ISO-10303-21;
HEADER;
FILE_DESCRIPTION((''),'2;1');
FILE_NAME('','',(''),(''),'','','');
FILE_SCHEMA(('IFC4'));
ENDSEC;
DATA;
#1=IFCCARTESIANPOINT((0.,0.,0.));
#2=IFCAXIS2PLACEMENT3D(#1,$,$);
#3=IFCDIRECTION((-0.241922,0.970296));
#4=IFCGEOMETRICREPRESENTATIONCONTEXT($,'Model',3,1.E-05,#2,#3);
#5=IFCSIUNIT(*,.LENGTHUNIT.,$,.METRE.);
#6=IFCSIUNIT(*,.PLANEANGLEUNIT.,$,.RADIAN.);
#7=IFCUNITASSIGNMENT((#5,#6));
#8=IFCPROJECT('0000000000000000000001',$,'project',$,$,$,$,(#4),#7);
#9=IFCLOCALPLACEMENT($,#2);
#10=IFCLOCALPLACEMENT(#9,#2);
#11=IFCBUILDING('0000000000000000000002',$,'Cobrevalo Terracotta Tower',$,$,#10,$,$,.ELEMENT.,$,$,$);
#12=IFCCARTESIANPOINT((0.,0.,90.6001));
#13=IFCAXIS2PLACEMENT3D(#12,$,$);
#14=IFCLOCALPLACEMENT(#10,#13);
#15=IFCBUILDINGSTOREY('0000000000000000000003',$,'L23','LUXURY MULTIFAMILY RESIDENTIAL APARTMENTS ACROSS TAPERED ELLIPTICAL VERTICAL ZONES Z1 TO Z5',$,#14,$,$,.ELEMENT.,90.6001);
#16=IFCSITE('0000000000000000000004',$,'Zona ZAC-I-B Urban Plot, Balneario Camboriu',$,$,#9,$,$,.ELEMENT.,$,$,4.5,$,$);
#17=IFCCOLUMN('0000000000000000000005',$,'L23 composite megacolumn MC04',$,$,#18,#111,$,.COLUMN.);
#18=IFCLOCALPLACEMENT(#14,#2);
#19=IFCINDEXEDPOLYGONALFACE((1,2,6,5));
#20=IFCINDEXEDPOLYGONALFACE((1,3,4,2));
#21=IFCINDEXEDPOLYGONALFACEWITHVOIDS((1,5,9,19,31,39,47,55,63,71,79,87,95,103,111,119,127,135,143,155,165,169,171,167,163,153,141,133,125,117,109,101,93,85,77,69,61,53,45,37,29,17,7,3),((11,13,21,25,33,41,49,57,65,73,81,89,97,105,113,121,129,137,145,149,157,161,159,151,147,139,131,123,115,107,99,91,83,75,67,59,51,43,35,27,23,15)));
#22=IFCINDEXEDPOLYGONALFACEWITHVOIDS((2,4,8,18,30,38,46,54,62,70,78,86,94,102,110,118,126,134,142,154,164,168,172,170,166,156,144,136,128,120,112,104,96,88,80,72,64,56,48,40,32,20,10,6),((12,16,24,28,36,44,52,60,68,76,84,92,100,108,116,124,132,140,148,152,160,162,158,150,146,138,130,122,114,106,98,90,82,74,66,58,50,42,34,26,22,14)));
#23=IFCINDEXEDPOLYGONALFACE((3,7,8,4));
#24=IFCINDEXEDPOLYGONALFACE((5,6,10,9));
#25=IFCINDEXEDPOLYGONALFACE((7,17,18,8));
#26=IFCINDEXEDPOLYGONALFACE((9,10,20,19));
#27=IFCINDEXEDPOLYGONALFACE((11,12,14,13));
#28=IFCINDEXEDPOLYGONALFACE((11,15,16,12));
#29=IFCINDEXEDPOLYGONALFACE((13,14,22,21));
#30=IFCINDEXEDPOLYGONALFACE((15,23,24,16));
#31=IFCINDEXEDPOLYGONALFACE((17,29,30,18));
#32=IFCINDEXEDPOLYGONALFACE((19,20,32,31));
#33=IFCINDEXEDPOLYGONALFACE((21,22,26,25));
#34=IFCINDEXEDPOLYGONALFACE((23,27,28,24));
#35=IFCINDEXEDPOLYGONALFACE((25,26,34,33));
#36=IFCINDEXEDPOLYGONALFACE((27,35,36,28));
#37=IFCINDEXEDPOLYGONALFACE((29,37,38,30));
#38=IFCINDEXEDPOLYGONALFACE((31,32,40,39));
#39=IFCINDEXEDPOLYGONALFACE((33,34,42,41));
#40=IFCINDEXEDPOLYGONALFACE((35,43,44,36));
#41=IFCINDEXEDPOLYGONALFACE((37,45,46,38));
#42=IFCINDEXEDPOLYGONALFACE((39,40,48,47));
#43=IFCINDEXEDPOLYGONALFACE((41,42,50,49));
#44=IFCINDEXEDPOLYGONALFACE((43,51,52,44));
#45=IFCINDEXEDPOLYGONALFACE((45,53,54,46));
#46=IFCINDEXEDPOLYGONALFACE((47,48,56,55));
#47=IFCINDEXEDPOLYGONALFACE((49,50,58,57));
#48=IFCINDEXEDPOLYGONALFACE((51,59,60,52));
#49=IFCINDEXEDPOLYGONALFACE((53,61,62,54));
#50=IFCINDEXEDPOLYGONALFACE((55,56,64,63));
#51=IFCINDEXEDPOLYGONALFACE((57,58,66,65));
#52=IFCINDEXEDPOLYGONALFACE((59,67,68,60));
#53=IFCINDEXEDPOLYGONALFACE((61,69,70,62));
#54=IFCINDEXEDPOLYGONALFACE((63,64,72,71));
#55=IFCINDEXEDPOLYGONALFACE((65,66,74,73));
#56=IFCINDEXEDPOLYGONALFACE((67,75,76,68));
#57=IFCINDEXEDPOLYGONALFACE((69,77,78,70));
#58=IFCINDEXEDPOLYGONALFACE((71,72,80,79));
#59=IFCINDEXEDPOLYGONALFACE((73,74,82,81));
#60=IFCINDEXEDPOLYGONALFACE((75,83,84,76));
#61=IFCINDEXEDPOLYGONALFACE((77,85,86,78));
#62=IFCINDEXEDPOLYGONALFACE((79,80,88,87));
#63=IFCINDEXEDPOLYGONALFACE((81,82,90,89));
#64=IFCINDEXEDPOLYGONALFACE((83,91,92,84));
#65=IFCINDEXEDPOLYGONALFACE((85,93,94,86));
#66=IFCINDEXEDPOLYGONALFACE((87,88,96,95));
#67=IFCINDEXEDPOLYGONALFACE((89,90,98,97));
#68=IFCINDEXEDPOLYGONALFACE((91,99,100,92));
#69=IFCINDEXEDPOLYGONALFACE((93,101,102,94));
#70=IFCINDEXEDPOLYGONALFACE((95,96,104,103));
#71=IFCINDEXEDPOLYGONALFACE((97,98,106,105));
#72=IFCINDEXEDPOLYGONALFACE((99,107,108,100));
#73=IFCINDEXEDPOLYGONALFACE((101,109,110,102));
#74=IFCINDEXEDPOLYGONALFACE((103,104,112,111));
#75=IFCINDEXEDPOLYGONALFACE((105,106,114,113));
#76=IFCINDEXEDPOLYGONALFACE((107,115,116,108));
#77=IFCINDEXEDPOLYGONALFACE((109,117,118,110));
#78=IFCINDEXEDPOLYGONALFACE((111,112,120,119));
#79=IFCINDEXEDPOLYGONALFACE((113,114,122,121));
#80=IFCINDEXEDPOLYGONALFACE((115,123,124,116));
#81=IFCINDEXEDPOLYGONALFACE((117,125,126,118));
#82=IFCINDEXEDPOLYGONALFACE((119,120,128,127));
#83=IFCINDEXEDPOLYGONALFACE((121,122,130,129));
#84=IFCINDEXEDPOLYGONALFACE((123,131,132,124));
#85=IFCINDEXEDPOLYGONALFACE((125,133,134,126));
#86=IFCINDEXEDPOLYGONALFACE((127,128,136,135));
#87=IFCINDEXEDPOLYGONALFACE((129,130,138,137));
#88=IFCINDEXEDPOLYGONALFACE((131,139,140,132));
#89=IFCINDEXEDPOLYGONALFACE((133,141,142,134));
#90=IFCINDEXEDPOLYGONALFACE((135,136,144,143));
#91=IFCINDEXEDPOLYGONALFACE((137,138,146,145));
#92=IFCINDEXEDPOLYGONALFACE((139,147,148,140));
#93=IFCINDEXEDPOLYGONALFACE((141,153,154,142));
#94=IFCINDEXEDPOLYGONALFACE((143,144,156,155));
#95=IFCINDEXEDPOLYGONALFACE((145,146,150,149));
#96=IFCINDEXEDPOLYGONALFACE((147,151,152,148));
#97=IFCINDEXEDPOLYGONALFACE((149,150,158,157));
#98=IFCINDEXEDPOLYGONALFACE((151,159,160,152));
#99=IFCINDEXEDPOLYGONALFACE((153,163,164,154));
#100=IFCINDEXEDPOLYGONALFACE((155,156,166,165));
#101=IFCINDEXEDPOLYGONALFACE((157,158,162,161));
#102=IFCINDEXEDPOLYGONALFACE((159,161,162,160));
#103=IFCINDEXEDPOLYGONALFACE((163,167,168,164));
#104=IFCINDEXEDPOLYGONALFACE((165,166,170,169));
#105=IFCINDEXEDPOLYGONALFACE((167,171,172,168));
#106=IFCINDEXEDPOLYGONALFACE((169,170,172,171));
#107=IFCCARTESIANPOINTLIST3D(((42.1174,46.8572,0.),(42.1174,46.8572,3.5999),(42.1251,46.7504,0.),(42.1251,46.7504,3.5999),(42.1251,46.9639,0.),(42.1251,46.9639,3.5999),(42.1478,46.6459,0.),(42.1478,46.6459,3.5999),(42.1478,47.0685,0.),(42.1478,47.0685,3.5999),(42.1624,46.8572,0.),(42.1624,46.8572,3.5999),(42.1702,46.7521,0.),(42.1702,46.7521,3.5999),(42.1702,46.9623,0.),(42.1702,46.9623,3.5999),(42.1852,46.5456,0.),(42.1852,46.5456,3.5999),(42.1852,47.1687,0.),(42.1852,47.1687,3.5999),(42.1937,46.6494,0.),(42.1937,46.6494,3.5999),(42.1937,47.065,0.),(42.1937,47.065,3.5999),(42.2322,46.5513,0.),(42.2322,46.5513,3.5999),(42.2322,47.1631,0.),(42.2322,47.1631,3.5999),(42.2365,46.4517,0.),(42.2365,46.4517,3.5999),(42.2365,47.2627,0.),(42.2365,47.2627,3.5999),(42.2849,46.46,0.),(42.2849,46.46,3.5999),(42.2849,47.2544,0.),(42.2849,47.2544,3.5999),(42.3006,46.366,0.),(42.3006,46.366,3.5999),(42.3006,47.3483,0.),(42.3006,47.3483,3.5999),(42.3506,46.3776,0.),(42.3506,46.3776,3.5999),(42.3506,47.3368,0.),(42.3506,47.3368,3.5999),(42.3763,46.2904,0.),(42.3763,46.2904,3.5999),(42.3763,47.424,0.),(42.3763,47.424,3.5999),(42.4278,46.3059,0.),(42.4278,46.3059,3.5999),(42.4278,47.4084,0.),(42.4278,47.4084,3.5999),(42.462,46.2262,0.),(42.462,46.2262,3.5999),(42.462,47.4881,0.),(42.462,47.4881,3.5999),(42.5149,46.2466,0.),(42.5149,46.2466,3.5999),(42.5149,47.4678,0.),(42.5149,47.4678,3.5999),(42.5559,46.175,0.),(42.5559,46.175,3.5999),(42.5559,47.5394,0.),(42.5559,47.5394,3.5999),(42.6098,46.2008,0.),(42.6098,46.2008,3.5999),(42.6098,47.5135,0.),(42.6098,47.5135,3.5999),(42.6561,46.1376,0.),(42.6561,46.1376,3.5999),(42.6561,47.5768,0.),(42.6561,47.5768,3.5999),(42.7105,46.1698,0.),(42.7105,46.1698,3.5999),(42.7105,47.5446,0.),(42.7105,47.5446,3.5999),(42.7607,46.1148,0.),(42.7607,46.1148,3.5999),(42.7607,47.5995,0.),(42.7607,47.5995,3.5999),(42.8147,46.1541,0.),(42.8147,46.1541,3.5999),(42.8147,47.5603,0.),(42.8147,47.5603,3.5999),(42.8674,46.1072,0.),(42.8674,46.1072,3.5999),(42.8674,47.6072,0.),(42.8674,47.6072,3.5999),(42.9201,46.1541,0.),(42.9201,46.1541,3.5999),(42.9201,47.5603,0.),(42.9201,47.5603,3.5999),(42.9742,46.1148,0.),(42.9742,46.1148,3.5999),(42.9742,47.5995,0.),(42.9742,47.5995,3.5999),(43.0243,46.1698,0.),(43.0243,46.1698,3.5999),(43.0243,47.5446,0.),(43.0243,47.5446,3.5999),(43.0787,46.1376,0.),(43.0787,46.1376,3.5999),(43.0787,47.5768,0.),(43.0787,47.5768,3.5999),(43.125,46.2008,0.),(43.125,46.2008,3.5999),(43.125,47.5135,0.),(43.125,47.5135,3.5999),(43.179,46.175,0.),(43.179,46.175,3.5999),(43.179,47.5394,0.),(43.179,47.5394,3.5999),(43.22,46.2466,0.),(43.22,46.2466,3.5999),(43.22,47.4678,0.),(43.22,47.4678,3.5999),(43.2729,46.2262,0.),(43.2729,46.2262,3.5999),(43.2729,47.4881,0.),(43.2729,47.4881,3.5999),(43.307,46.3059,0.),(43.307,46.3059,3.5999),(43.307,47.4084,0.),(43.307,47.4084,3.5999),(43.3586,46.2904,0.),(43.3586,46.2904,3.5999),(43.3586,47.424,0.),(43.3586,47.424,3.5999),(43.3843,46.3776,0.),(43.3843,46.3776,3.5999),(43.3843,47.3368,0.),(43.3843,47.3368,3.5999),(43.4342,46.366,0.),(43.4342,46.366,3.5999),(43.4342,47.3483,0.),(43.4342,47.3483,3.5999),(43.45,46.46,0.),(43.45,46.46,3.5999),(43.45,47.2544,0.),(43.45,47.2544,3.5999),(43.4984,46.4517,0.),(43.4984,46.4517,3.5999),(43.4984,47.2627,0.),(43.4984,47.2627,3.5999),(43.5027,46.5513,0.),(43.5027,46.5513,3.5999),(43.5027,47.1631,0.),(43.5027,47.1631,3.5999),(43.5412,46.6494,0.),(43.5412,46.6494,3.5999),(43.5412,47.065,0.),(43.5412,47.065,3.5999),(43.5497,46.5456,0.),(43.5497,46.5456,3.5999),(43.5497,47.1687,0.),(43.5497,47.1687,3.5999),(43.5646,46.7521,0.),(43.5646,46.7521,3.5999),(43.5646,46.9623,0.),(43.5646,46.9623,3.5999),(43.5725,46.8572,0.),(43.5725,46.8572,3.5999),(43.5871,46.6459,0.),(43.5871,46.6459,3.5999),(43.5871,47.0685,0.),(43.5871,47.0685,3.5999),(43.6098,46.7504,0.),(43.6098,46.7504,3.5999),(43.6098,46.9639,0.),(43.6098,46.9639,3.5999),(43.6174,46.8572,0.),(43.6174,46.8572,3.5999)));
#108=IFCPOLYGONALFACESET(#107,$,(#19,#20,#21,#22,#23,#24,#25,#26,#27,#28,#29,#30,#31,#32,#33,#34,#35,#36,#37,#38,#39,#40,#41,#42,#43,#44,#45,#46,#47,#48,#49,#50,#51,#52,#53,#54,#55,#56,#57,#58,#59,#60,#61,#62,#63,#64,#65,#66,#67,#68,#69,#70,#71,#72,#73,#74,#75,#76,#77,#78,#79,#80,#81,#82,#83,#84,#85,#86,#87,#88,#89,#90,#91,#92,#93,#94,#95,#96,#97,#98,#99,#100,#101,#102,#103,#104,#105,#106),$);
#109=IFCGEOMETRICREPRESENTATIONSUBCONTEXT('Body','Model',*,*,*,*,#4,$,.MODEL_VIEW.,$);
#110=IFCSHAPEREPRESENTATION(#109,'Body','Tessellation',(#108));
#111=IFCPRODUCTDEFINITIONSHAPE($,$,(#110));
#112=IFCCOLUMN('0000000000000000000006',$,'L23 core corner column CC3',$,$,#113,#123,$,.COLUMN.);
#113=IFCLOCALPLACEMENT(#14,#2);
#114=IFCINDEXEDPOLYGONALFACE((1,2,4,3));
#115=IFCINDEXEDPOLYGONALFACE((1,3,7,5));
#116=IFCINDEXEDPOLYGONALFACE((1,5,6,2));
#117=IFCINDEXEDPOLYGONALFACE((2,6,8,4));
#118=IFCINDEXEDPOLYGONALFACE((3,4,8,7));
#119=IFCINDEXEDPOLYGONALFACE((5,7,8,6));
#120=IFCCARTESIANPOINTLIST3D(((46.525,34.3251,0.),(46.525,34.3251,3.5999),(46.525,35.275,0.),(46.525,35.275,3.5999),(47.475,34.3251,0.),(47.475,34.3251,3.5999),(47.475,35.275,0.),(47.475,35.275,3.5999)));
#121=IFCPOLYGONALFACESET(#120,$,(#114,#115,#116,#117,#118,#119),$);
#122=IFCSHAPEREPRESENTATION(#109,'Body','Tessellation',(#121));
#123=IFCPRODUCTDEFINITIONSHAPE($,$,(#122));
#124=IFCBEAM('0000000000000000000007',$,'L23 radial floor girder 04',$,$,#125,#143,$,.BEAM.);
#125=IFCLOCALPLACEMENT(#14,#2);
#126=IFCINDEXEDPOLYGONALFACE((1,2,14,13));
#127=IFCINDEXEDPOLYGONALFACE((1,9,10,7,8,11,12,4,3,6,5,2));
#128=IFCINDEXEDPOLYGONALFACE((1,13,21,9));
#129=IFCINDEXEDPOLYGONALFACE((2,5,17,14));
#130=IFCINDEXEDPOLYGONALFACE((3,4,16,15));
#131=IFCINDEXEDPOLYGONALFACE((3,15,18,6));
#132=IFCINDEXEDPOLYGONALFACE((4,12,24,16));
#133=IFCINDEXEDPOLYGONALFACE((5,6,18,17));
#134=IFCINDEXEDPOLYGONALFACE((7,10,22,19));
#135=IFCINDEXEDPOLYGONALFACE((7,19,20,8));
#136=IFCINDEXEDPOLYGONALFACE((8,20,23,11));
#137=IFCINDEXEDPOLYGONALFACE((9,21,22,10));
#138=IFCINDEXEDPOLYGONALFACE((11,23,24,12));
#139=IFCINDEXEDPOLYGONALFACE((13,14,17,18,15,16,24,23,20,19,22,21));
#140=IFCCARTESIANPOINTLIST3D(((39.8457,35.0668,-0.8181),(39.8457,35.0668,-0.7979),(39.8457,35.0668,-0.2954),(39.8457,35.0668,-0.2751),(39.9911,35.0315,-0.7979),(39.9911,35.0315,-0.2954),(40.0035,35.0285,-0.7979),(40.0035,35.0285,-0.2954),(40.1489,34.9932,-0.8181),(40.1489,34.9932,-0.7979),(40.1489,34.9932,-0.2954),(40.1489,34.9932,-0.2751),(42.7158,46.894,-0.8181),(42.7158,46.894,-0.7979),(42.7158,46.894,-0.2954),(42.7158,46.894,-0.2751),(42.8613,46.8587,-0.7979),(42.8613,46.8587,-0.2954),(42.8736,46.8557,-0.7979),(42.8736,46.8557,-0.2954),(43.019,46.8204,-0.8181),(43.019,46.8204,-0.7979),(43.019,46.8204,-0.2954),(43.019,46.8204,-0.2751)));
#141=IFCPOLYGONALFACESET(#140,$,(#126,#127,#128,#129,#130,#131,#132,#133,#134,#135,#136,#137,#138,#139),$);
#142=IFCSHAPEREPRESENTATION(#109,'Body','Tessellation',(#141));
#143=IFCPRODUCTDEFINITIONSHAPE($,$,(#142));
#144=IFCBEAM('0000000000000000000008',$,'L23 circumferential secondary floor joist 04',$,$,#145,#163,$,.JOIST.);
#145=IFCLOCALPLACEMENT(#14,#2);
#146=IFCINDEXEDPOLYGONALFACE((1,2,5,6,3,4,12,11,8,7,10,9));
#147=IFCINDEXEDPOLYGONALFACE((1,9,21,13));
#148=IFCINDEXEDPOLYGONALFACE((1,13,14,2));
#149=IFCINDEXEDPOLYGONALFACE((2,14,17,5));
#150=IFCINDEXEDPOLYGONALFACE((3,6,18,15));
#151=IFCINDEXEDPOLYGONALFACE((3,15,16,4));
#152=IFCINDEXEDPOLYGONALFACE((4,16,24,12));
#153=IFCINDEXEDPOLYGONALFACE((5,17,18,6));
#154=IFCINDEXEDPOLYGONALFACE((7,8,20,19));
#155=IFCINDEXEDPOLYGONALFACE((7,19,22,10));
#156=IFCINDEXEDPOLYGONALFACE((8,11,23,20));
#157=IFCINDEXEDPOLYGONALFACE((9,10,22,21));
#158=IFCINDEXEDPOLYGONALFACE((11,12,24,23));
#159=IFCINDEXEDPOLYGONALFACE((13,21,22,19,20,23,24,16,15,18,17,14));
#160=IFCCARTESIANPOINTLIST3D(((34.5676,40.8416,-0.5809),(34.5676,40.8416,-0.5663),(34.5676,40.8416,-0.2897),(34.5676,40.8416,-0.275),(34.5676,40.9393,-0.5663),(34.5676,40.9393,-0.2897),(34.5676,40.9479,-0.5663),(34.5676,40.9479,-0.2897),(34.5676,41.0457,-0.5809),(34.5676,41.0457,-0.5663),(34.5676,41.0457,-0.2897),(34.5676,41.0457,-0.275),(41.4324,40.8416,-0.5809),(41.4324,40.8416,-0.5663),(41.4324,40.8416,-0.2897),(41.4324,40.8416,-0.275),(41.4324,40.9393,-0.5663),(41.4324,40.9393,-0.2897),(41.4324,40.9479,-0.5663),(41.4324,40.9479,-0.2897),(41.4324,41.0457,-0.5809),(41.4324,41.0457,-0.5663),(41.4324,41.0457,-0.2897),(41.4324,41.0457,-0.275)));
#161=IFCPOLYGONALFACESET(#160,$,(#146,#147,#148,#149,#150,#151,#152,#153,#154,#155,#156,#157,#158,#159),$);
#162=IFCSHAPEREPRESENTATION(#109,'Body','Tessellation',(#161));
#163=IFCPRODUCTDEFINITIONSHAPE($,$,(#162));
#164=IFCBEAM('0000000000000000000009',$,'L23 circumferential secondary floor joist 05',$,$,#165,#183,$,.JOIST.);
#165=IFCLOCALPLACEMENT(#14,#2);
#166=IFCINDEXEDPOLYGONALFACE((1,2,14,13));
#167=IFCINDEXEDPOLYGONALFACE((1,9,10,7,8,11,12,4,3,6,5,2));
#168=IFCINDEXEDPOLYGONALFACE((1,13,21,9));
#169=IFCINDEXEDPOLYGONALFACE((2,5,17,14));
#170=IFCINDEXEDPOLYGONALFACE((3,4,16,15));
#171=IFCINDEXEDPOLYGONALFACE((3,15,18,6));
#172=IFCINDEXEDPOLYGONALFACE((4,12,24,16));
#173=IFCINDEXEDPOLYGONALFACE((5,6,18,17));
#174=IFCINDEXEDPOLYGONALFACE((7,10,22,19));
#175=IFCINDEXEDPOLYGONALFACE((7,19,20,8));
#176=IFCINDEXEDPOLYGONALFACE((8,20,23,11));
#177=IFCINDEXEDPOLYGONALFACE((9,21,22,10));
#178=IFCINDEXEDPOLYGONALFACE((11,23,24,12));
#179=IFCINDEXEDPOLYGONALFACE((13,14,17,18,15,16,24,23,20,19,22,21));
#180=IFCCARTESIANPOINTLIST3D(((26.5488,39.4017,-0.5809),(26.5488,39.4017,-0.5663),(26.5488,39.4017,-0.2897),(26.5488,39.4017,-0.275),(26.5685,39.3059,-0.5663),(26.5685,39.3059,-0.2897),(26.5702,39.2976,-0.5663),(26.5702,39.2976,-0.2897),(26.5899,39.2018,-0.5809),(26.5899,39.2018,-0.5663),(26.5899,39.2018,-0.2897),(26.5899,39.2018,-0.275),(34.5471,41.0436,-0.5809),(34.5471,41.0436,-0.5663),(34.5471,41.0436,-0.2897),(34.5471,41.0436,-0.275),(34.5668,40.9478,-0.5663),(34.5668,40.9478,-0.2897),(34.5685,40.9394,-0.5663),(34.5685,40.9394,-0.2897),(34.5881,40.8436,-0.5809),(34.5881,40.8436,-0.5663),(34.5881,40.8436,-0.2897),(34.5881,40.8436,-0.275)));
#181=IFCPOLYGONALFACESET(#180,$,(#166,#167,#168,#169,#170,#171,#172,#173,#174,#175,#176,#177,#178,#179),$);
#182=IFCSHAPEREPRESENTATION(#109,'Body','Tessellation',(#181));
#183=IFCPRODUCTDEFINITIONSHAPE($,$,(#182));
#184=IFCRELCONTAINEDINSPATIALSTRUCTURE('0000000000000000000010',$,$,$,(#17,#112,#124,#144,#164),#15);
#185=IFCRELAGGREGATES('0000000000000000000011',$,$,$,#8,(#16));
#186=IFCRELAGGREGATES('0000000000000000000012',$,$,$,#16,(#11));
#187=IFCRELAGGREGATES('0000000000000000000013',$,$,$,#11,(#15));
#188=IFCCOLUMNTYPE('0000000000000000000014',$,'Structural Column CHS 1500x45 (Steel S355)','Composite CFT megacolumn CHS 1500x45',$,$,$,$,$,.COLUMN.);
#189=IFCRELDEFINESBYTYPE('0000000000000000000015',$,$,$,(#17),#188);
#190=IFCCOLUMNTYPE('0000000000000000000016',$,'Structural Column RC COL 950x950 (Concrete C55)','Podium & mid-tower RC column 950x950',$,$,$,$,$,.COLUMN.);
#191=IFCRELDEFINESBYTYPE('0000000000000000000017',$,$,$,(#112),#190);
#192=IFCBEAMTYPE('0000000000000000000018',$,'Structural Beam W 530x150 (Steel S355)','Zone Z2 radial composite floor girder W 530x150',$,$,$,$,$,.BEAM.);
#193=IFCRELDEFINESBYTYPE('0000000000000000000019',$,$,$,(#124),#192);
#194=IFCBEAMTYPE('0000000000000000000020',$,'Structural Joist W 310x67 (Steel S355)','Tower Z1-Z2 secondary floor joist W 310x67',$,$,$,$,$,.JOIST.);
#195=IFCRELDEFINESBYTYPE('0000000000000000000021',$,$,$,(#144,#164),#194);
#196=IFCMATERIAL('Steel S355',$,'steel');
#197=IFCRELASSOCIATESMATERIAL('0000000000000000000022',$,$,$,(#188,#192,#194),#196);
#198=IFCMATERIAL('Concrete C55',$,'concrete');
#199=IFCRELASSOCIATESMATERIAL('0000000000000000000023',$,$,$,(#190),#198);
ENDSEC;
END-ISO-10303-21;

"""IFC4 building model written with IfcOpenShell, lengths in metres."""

from ifc_helpers import new_model, si_unit, direction, frame, origin, origin_2d, place, context, subcontext, project, spatial, rectangle, hollow_circle, i_section, extrude, material, material_profile, profile_set, type_object, element, save


model = new_model("IFC4")

# Units and contexts
model_context = context("Model", 3, precision=1e-05, world=origin(), true_north=direction((-0.241922, 0.970296)))
body_context = subcontext(model_context, "Body", "Model", "MODEL_VIEW")
ifc_project = project(units=[si_unit("LENGTHUNIT", "METRE"), si_unit("PLANEANGLEUNIT", "RADIAN")], contexts=[model_context])

# Site, building, storey
site_placement = place(None, origin())
site = spatial("IfcSite", under=ifc_project, at=site_placement, Name="Zona ZAC-I-B Urban Plot, Balneario Camboriu", CompositionType="ELEMENT", RefElevation=4.5)
building_placement = place(site_placement, origin())
building = spatial("IfcBuilding", under=site, at=building_placement, Name="Cobrevalo Terracotta Tower", CompositionType="ELEMENT")
storey_placement = place(building_placement, frame((0.0, 0.0, 90.6001)))
storey = spatial("IfcBuildingStorey", under=building, at=storey_placement, Name="L23", Description="LUXURY MULTIFAMILY RESIDENTIAL APARTMENTS ACROSS TAPERED ELLIPTICAL VERTICAL ZONES Z1 TO Z5", CompositionType="ELEMENT", Elevation=90.6001)

# Columns
ifc_material_1 = material(Name="Steel S355", Category="steel")
ifc_material_profile_1 = material_profile(ifc_material_1, hollow_circle(Radius=0.75, WallThickness=0.0449, at=origin_2d()), Name="CHS 1500x45")
ifc_profile_set_1 = profile_set([ifc_material_profile_1], Name="Steel S355")
column_type_1 = type_object("IfcColumnType", Name="Structural Column CHS 1500x45 (Steel S355)", Description="Composite CFT megacolumn CHS 1500x45", PredefinedType="COLUMN", material=ifc_profile_set_1)
column_1_placement = place(storey_placement, frame((42.8674, 46.8572, 0.0), z_axis=(0.0, 0.0, 1.0), x_axis=(1.0, 0.0, 0.0)))
element("IfcColumn", 1, at=column_1_placement, inside=storey, type_object=column_type_1, Name="L23 composite megacolumn MC04", PredefinedType="COLUMN", context=body_context, shape_type="SweptSolid", body=[
    extrude(hollow_circle(Radius=0.75, WallThickness=0.0449, at=origin_2d()), origin(), (0.0, 0.0, 1.0), 3.5999),
])
ifc_material_2 = material(Name="Concrete C55", Category="concrete")
ifc_material_profile_2 = material_profile(ifc_material_2, rectangle(XDim=0.95, YDim=0.95, at=origin_2d()), Name="RC COL 950x950")
ifc_profile_set_2 = profile_set([ifc_material_profile_2], Name="Concrete C55")
column_type_2 = type_object("IfcColumnType", Name="Structural Column RC COL 950x950 (Concrete C55)", Description="Podium & mid-tower RC column 950x950", PredefinedType="COLUMN", material=ifc_profile_set_2)
column_2_placement = place(storey_placement, frame((47.0, 34.8, 0.0), z_axis=(0.0, 0.0, 1.0), x_axis=(1.0, 0.0, 0.0)))
element("IfcColumn", 2, at=column_2_placement, inside=storey, type_object=column_type_2, Name="L23 core corner column CC3", PredefinedType="COLUMN", context=body_context, shape_type="SweptSolid", body=[
    extrude(rectangle(XDim=0.95, YDim=0.95, at=origin_2d()), origin(), (0.0, 0.0, 1.0), 3.5999),
])

# Beams
ifc_material_profile_3 = material_profile(ifc_material_1, i_section(OverallWidth=0.312, OverallDepth=0.543, WebThickness=0.0127, FlangeThickness=0.0203, at=origin_2d()), Name="W 530x150")
ifc_profile_set_3 = profile_set([ifc_material_profile_3], Name="Steel S355")
beam_type_1 = type_object("IfcBeamType", Name="Structural Beam W 530x150 (Steel S355)", Description="Zone Z2 radial composite floor girder W 530x150", PredefinedType="BEAM", material=ifc_profile_set_3)
beam_1_placement = place(storey_placement, frame((42.8674, 46.8572, -0.5466), z_axis=(-0.235827, -0.971795, 0.0), x_axis=(0.971795, -0.235827, 0.0)))
element("IfcBeam", 3, at=beam_1_placement, inside=storey, type_object=beam_type_1, Name="L23 radial floor girder 04", PredefinedType="BEAM", context=body_context, shape_type="SweptSolid", body=[
    extrude(i_section(OverallWidth=0.312, OverallDepth=0.543, WebThickness=0.0127, FlangeThickness=0.0203, at=origin_2d()), origin(), (0.0, 0.0, 1.0), 12.1704),
])
ifc_material_profile_4 = material_profile(ifc_material_1, i_section(OverallWidth=0.2041, OverallDepth=0.3059, WebThickness=0.0085, FlangeThickness=0.0146, at=origin_2d()), Name="W 310x67")
ifc_profile_set_4 = profile_set([ifc_material_profile_4], Name="Steel S355")
beam_type_2 = type_object("IfcBeamType", Name="Structural Joist W 310x67 (Steel S355)", Description="Tower Z1-Z2 secondary floor joist W 310x67", PredefinedType="JOIST", material=ifc_profile_set_4)
beam_2_placement = place(storey_placement, frame((41.4324, 40.9436, -0.428), z_axis=(-1.0, 0.0, 0.0), x_axis=(0.0, -1.0, 0.0)))
element("IfcBeam", 4, at=beam_2_placement, inside=storey, type_object=beam_type_2, Name="L23 circumferential secondary floor joist 04", PredefinedType="JOIST", context=body_context, shape_type="SweptSolid", body=[
    extrude(i_section(OverallWidth=0.2041, OverallDepth=0.3059, WebThickness=0.0085, FlangeThickness=0.0146, at=origin_2d()), origin(), (0.0, 0.0, 1.0), 6.8647),
])
beam_3_placement = place(storey_placement, frame((34.5676, 40.9436, -0.428), z_axis=(-0.979574, -0.201082, 0.0), x_axis=(0.201082, -0.979574, 0.0)))
element("IfcBeam", 5, at=beam_3_placement, inside=storey, type_object=beam_type_2, Name="L23 circumferential secondary floor joist 05", PredefinedType="JOIST", context=body_context, shape_type="SweptSolid", body=[
    extrude(i_section(OverallWidth=0.2041, OverallDepth=0.3059, WebThickness=0.0085, FlangeThickness=0.0146, at=origin_2d()), origin(), (0.0, 0.0, 1.0), 8.165),
])

save(model, "model.ifc")
